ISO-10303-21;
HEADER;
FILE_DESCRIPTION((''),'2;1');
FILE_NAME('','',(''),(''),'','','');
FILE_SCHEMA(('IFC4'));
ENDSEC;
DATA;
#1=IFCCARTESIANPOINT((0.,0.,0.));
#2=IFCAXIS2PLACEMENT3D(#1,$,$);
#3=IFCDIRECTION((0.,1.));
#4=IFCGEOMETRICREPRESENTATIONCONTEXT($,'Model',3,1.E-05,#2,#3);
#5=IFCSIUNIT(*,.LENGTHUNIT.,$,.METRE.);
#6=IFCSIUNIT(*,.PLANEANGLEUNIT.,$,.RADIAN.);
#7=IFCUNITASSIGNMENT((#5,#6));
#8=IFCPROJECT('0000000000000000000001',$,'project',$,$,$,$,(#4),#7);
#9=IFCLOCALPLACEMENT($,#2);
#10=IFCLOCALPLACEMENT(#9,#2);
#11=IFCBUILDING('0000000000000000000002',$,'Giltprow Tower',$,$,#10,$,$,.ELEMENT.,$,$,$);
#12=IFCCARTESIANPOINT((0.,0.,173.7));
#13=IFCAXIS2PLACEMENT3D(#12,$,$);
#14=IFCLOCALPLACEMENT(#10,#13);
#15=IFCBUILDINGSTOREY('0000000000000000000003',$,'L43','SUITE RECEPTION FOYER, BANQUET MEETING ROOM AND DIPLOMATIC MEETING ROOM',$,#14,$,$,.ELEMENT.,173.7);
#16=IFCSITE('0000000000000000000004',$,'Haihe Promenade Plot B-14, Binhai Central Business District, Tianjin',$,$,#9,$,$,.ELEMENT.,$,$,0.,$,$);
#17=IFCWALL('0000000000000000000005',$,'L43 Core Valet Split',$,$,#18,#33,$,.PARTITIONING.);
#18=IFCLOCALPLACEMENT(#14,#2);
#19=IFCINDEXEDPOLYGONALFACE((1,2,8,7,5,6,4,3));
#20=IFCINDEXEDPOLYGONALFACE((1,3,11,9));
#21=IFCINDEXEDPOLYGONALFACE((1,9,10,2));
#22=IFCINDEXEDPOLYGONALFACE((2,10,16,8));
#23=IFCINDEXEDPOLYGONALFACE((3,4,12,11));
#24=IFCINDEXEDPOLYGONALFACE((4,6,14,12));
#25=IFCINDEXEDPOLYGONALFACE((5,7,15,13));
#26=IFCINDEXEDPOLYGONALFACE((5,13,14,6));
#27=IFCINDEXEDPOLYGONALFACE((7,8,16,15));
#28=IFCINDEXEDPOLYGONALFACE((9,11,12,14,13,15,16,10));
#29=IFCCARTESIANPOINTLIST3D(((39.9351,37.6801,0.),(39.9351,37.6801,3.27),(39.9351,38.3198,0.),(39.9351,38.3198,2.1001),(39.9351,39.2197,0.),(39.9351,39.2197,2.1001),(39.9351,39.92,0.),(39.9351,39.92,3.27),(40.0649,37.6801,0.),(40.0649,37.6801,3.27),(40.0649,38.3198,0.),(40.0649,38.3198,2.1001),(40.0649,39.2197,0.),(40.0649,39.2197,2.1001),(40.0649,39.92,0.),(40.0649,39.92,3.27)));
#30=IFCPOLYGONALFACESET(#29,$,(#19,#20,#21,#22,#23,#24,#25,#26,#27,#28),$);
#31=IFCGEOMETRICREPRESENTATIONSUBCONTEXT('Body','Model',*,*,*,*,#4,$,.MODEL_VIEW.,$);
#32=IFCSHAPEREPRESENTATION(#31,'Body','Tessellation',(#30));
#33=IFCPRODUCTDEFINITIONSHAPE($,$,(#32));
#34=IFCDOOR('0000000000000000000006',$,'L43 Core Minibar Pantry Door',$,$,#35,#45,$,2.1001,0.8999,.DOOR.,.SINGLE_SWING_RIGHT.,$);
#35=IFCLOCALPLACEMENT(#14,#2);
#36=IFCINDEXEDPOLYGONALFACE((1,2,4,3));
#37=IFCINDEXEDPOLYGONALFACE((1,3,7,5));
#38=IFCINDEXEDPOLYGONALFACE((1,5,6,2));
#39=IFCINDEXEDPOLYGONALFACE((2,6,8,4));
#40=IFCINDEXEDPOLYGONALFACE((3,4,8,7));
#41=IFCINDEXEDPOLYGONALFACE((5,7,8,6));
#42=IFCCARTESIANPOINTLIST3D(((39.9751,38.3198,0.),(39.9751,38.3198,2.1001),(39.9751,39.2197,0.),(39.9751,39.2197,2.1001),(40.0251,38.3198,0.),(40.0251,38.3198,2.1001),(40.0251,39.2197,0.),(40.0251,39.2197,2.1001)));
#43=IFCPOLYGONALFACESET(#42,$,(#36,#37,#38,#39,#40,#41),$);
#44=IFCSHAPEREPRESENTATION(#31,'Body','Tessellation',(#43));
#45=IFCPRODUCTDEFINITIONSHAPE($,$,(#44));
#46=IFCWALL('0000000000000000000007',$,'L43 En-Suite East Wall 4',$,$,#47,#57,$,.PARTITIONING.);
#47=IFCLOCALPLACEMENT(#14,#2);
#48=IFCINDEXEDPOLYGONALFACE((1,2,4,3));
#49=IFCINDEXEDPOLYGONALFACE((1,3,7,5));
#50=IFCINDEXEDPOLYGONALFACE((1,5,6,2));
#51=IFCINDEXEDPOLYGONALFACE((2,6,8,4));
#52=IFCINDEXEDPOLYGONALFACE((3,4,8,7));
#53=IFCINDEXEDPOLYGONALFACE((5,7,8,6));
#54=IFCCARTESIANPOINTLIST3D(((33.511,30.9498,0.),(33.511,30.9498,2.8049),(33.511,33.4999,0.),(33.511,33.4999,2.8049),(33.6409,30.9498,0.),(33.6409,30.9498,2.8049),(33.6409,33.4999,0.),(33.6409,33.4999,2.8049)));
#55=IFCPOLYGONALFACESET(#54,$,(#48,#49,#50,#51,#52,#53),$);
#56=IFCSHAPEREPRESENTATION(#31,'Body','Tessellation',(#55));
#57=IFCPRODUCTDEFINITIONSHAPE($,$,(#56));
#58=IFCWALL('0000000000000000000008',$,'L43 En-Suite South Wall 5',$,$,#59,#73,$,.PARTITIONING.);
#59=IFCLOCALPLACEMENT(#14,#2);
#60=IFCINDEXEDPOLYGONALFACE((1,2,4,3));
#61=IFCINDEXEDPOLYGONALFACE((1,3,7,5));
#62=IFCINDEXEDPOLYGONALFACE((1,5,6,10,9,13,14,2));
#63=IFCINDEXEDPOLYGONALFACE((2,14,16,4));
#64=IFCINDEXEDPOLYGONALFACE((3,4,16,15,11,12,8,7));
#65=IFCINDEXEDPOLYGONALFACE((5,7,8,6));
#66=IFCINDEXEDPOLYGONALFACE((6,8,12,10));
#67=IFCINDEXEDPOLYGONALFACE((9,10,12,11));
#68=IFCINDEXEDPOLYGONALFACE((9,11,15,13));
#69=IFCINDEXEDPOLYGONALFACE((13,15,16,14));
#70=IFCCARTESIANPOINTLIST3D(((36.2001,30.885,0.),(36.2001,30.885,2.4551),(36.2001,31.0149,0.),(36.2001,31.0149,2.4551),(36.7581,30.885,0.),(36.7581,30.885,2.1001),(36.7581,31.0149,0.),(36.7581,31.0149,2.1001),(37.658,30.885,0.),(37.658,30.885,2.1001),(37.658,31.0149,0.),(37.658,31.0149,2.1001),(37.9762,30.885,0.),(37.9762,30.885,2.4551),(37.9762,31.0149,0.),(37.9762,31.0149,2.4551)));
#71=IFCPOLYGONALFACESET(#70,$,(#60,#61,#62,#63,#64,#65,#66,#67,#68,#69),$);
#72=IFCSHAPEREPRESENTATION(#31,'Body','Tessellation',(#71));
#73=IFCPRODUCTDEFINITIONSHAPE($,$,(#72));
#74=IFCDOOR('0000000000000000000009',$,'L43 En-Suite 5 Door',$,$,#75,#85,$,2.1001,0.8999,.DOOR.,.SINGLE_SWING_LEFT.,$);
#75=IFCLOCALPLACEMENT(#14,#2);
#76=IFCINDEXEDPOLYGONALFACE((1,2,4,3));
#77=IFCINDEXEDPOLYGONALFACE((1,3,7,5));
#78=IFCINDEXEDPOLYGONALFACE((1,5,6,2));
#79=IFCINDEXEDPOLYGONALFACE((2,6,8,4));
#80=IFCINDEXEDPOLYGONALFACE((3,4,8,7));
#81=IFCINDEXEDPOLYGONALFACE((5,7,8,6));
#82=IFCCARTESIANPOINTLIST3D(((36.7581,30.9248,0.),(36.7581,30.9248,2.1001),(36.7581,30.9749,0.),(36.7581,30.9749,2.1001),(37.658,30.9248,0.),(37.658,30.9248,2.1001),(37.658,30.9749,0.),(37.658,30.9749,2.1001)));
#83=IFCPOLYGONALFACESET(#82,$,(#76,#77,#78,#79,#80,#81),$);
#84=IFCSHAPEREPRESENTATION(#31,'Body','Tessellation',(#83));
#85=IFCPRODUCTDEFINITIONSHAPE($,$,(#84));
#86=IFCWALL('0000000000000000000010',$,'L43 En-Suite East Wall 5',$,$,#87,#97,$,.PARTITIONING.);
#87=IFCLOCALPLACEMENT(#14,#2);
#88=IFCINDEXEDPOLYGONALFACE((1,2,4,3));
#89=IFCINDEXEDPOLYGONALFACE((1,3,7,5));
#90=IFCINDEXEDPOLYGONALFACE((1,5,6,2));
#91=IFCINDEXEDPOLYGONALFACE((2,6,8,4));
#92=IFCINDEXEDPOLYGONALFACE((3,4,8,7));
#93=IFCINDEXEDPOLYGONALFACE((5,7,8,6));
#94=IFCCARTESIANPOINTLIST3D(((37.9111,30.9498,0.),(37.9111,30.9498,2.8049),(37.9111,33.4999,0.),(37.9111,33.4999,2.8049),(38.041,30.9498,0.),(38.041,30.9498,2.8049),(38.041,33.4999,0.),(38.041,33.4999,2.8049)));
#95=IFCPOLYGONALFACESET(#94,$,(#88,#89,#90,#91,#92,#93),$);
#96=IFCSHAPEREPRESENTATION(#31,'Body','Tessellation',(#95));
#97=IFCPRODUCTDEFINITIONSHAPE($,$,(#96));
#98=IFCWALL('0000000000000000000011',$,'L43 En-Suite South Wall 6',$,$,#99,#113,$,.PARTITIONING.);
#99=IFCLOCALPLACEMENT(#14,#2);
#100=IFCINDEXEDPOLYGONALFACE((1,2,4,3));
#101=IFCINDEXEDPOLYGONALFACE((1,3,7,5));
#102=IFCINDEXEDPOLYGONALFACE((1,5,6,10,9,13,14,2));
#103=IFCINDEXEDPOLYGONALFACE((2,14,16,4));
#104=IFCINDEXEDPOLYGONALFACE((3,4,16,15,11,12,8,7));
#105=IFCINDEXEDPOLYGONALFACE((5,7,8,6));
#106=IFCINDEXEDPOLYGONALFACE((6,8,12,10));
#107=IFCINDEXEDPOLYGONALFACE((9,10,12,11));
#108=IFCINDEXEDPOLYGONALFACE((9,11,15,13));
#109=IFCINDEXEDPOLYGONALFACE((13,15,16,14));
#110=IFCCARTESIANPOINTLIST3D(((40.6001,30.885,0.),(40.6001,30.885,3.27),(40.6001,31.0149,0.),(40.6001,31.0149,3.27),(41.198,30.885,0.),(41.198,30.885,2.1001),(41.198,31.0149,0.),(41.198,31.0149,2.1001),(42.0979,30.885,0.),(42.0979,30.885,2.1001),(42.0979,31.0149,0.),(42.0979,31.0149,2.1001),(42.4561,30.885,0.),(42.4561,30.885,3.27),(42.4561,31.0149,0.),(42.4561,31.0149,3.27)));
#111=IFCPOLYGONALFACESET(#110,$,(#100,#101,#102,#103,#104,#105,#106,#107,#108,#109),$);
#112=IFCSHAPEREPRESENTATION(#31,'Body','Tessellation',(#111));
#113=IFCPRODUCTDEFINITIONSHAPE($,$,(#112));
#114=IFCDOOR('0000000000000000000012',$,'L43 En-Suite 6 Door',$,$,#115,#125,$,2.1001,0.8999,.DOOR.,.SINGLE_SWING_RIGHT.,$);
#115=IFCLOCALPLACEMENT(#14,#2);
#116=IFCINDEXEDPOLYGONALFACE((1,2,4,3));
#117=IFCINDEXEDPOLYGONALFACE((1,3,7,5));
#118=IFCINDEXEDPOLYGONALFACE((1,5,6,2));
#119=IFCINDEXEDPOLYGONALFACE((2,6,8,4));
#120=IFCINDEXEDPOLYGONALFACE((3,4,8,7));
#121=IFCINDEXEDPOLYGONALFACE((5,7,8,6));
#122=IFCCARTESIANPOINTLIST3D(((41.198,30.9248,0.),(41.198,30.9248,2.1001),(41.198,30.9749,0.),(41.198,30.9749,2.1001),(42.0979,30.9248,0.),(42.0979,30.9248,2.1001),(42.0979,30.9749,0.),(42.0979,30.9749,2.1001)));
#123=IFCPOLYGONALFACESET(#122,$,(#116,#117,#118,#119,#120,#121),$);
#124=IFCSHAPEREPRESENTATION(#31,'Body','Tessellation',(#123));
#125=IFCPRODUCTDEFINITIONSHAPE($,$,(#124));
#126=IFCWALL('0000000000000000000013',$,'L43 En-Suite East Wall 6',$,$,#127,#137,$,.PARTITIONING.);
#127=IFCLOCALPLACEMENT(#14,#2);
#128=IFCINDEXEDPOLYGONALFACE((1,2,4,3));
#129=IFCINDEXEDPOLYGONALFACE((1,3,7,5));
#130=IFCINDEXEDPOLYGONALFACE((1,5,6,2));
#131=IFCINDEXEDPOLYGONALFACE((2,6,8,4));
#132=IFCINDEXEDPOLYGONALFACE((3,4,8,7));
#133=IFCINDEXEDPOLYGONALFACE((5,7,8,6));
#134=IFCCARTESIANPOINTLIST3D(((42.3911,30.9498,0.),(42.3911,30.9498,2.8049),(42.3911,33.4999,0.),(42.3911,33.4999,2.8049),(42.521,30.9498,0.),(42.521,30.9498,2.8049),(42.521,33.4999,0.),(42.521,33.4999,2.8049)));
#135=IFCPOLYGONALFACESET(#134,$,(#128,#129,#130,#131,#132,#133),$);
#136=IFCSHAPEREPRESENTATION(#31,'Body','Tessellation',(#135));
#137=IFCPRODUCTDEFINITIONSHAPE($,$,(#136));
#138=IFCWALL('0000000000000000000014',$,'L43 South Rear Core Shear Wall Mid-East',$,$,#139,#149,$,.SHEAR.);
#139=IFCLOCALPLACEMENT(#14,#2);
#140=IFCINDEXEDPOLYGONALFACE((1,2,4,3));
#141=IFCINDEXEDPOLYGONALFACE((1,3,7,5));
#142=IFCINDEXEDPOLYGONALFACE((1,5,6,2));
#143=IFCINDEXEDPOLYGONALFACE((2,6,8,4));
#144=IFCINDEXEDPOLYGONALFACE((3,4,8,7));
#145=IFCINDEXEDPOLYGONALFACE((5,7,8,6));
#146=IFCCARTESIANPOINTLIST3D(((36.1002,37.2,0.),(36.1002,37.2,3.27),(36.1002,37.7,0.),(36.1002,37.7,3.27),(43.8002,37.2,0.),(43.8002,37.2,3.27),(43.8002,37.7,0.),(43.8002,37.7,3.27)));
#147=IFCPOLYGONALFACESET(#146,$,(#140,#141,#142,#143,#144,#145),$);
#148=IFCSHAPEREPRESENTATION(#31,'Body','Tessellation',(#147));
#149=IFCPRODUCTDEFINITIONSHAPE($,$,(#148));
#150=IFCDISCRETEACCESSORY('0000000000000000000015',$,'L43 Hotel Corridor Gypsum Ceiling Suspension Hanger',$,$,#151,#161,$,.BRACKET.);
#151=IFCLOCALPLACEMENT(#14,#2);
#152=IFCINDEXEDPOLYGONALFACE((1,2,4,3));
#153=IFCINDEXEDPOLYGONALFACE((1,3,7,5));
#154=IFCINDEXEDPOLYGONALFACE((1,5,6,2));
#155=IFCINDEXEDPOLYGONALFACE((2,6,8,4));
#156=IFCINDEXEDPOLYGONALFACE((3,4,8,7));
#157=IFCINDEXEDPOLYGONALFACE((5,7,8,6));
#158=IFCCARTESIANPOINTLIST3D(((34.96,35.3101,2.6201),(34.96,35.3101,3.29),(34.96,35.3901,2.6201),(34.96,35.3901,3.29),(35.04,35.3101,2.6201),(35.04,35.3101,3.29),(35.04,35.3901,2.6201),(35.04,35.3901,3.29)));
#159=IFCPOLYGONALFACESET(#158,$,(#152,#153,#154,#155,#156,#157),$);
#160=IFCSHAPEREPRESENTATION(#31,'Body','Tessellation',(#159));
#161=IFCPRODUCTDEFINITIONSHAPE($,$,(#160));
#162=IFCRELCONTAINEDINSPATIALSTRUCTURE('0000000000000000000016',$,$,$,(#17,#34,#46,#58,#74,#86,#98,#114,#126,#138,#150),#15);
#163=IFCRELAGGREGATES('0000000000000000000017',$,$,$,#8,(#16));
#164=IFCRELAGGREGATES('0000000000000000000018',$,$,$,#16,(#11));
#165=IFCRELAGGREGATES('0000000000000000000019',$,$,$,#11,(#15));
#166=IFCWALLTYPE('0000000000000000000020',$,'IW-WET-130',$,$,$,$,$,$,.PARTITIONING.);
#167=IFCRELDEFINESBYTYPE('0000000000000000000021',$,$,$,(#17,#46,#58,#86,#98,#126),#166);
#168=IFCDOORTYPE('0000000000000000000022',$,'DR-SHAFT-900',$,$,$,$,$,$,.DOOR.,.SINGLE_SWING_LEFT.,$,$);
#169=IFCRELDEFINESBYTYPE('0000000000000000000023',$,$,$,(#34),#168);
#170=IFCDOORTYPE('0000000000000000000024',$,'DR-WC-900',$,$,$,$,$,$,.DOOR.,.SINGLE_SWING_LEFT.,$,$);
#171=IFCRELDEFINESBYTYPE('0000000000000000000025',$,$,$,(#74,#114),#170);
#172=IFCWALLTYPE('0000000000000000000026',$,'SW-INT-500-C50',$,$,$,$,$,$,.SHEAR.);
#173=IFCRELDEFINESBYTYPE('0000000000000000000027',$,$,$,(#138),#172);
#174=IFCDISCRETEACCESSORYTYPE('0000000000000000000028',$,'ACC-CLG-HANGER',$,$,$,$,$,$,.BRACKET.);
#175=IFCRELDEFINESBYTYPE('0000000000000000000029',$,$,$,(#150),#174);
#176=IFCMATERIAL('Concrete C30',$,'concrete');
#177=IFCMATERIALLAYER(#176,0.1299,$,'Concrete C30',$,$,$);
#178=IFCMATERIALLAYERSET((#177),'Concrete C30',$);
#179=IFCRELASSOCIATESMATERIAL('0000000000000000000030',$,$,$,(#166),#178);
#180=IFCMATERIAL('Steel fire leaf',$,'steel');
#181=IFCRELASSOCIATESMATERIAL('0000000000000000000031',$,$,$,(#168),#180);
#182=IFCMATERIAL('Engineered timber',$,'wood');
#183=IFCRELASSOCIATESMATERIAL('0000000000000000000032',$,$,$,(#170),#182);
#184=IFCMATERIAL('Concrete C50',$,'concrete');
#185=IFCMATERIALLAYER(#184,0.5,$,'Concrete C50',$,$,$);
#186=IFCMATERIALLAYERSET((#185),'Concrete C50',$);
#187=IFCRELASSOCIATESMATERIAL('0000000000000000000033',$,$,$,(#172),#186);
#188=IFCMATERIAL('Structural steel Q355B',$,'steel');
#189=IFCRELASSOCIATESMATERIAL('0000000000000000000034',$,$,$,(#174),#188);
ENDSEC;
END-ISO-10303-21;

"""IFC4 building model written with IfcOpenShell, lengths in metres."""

from ifc_helpers import new_model, si_unit, direction, frame, frame_2d, origin, origin_2d, place, context, subcontext, project, spatial, rectangle, extrude, source, transform, mapped, material, layer, layer_set, type_object, element, fill, save


model = new_model("IFC4")

# Units and contexts
model_context = context("Model", 3, precision=1e-05, world=origin(), true_north=direction((0.0, 1.0)))
body_context = subcontext(model_context, "Body", "Model", "MODEL_VIEW")
ifc_project = project(units=[si_unit("LENGTHUNIT", "METRE"), si_unit("PLANEANGLEUNIT", "RADIAN")], contexts=[model_context])

# Site, building, storey
site_placement = place(None, origin())
site = spatial("IfcSite", under=ifc_project, at=site_placement, Name="Haihe Promenade Plot B-14, Binhai Central Business District, Tianjin", CompositionType="ELEMENT", RefElevation=0.0)
building_placement = place(site_placement, origin())
building = spatial("IfcBuilding", under=site, at=building_placement, Name="Giltprow Tower", CompositionType="ELEMENT")
storey_placement = place(building_placement, frame((0.0, 0.0, 173.7)))
storey = spatial("IfcBuildingStorey", under=building, at=storey_placement, Name="L43", Description="SUITE RECEPTION FOYER, BANQUET MEETING ROOM AND DIPLOMATIC MEETING ROOM", CompositionType="ELEMENT", Elevation=173.7)

# Shared definitions
ifc_material_1 = material(Name="Concrete C50", Category="concrete")

# Shared definitions
ifc_material_2 = material(Name="Structural steel Q355B", Category="steel")

# Wall, opening, door
ifc_material_3 = material(Name="Concrete C30", Category="concrete")
ifc_layer_1 = layer(ifc_material_3, 0.1299, Name="Concrete C30")
ifc_layer_set_1 = layer_set([ifc_layer_1], Name="Concrete C30")
wall_type_1 = type_object("IfcWallType", Name="IW-WET-130", PredefinedType="PARTITIONING", material=ifc_layer_set_1)
ifc_material_4 = material(Name="Steel fire leaf", Category="steel")
door_type_1 = type_object("IfcDoorType", Name="DR-SHAFT-900", OperationType="SINGLE_SWING_LEFT", PredefinedType="DOOR", material=ifc_material_4)
shared_shape_1 = source(origin(), body_context, "Body", "SweptSolid", [
    extrude(rectangle(XDim=0.8999, YDim=2.1001, at=frame_2d((0.45, 1.05))), frame((0.0, 0.0249, 0.0), z_axis=(0.0, -1.0, 0.0), x_axis=(1.0, 0.0, 0.0)), (0.0, 0.0, 1.0), 0.05),
])
wall_1_placement = place(storey_placement, frame((40.0, 37.6799, 0.0), z_axis=(0.0, 0.0, 1.0), x_axis=(0.0, 1.0, 0.0)))
wall_1 = element("IfcWall", 1, at=wall_1_placement, inside=storey, type_object=wall_type_1, Name="L43 Core Valet Split", PredefinedType="PARTITIONING", context=body_context, shape_type="SweptSolid", body=[
    extrude(rectangle(XDim=2.24, YDim=0.1299, at=frame_2d((1.1201, 0.0))), origin(), (0.0, 0.0, 1.0), 3.27),
])
opening_1_placement = place(wall_1_placement, frame((0.6399, 0.0, 0.0)))
opening_1 = element("IfcOpeningElement", 2, at=opening_1_placement, cuts=wall_1, PredefinedType="OPENING", context=body_context, shape_type="SweptSolid", body=[
    extrude(rectangle(XDim=0.8999, YDim=2.1001, at=frame_2d((0.45, 1.05))), frame((0.0, 0.075, 0.0), z_axis=(0.0, -1.0, 0.0), x_axis=(1.0, 0.0, 0.0)), (0.0, 0.0, 1.0), 0.1499),
])
door_1_placement = place(opening_1_placement, origin())
door_1 = element("IfcDoor", 3, at=door_1_placement, inside=storey, type_object=door_type_1, Name="L43 Core Minibar Pantry Door", OperationType="SINGLE_SWING_RIGHT", OverallHeight=2.1001, OverallWidth=0.8999, PredefinedType="DOOR", context=body_context, shape_type="MappedRepresentation", body=[
    mapped(shared_shape_1, transform((0.0, 0.0, 0.0), x_axis=(1.0, 0.0, 0.0), y_axis=(0.0, 1.0, 0.0), z_axis=(0.0, 0.0, 1.0), scale=1.0)),
])
fill(opening_1, door_1)

# Wall
wall_2_placement = place(storey_placement, frame((33.5759, 30.95, 0.0), z_axis=(0.0, 0.0, 1.0), x_axis=(0.0, 1.0, 0.0)))
element("IfcWall", 4, at=wall_2_placement, inside=storey, type_object=wall_type_1, Name="L43 En-Suite East Wall 4", PredefinedType="PARTITIONING", context=body_context, shape_type="SweptSolid", body=[
    extrude(rectangle(XDim=2.55, YDim=0.1299, at=frame_2d((1.2749, 0.0))), origin(), (0.0, 0.0, 1.0), 2.8049),
])

# Wall, opening, door
wall_3_placement = place(storey_placement, frame((36.2, 30.95, 0.0), z_axis=(0.0, 0.0, 1.0), x_axis=(1.0, 0.0, 0.0)))
wall_3 = element("IfcWall", 5, at=wall_3_placement, inside=storey, type_object=wall_type_1, Name="L43 En-Suite South Wall 5", PredefinedType="PARTITIONING", context=body_context, shape_type="SweptSolid", body=[
    extrude(rectangle(XDim=1.7761, YDim=0.1299, at=frame_2d((0.8882, 0.0))), origin(), (0.0, 0.0, 1.0), 2.4551),
])
opening_2_placement = place(wall_3_placement, frame((0.5581, 0.0, 0.0)))
opening_2 = element("IfcOpeningElement", 6, at=opening_2_placement, cuts=wall_3, PredefinedType="OPENING", context=body_context, shape_type="SweptSolid", body=[
    extrude(rectangle(XDim=0.8999, YDim=2.1001, at=frame_2d((0.45, 1.05))), frame((0.0, 0.075, 0.0), z_axis=(0.0, -1.0, 0.0), x_axis=(1.0, 0.0, 0.0)), (0.0, 0.0, 1.0), 0.1499),
])
ifc_material_5 = material(Name="Engineered timber", Category="wood")
door_type_2 = type_object("IfcDoorType", Name="DR-WC-900", OperationType="SINGLE_SWING_LEFT", PredefinedType="DOOR", material=ifc_material_5)
door_2_placement = place(opening_2_placement, origin())
door_2 = element("IfcDoor", 7, at=door_2_placement, inside=storey, type_object=door_type_2, Name="L43 En-Suite 5 Door", OperationType="SINGLE_SWING_LEFT", OverallHeight=2.1001, OverallWidth=0.8999, PredefinedType="DOOR", context=body_context, shape_type="MappedRepresentation", body=[
    mapped(shared_shape_1, transform((0.0, 0.0, 0.0), x_axis=(1.0, 0.0, 0.0), y_axis=(0.0, 1.0, 0.0), z_axis=(0.0, 0.0, 1.0), scale=1.0)),
])
fill(opening_2, door_2)

# Wall
wall_4_placement = place(storey_placement, frame((37.9761, 30.95, 0.0), z_axis=(0.0, 0.0, 1.0), x_axis=(0.0, 1.0, 0.0)))
element("IfcWall", 8, at=wall_4_placement, inside=storey, type_object=wall_type_1, Name="L43 En-Suite East Wall 5", PredefinedType="PARTITIONING", context=body_context, shape_type="SweptSolid", body=[
    extrude(rectangle(XDim=2.55, YDim=0.1299, at=frame_2d((1.2749, 0.0))), origin(), (0.0, 0.0, 1.0), 2.8049),
])

# Wall, opening, door
wall_5_placement = place(storey_placement, frame((40.6001, 30.95, 0.0), z_axis=(0.0, 0.0, 1.0), x_axis=(1.0, 0.0, 0.0)))
wall_5 = element("IfcWall", 9, at=wall_5_placement, inside=storey, type_object=wall_type_1, Name="L43 En-Suite South Wall 6", PredefinedType="PARTITIONING", context=body_context, shape_type="SweptSolid", body=[
    extrude(rectangle(XDim=1.856, YDim=0.1299, at=frame_2d((0.928, 0.0))), origin(), (0.0, 0.0, 1.0), 3.27),
])
opening_3_placement = place(wall_5_placement, frame((0.5979, 0.0, 0.0)))
opening_3 = element("IfcOpeningElement", 10, at=opening_3_placement, cuts=wall_5, PredefinedType="OPENING", context=body_context, shape_type="SweptSolid", body=[
    extrude(rectangle(XDim=0.8999, YDim=2.1001, at=frame_2d((0.45, 1.05))), frame((0.0, 0.075, 0.0), z_axis=(0.0, -1.0, 0.0), x_axis=(1.0, 0.0, 0.0)), (0.0, 0.0, 1.0), 0.1499),
])
door_3_placement = place(opening_3_placement, origin())
door_3 = element("IfcDoor", 11, at=door_3_placement, inside=storey, type_object=door_type_2, Name="L43 En-Suite 6 Door", OperationType="SINGLE_SWING_RIGHT", OverallHeight=2.1001, OverallWidth=0.8999, PredefinedType="DOOR", context=body_context, shape_type="MappedRepresentation", body=[
    mapped(shared_shape_1, transform((0.0, 0.0, 0.0), x_axis=(1.0, 0.0, 0.0), y_axis=(0.0, 1.0, 0.0), z_axis=(0.0, 0.0, 1.0), scale=1.0)),
])
fill(opening_3, door_3)

# Walls
wall_6_placement = place(storey_placement, frame((42.4561, 30.95, 0.0), z_axis=(0.0, 0.0, 1.0), x_axis=(0.0, 1.0, 0.0)))
element("IfcWall", 12, at=wall_6_placement, inside=storey, type_object=wall_type_1, Name="L43 En-Suite East Wall 6", PredefinedType="PARTITIONING", context=body_context, shape_type="SweptSolid", body=[
    extrude(rectangle(XDim=2.55, YDim=0.1299, at=frame_2d((1.2749, 0.0))), origin(), (0.0, 0.0, 1.0), 2.8049),
])
ifc_layer_2 = layer(ifc_material_1, 0.5, Name="Concrete C50")
ifc_layer_set_2 = layer_set([ifc_layer_2], Name="Concrete C50")
wall_type_2 = type_object("IfcWallType", Name="SW-INT-500-C50", PredefinedType="SHEAR", material=ifc_layer_set_2)
wall_7_placement = place(storey_placement, frame((36.1001, 37.45, 0.0), z_axis=(0.0, 0.0, 1.0), x_axis=(1.0, 0.0, 0.0)))
element("IfcWall", 13, at=wall_7_placement, inside=storey, type_object=wall_type_2, Name="L43 South Rear Core Shear Wall Mid-East", PredefinedType="SHEAR", context=body_context, shape_type="SweptSolid", body=[
    extrude(rectangle(XDim=7.7, YDim=0.5, at=frame_2d((3.8501, 0.0))), origin(), (0.0, 0.0, 1.0), 3.27),
])

# Discrete accessory
discrete_accessory_type = type_object("IfcDiscreteAccessoryType", Name="ACC-CLG-HANGER", PredefinedType="BRACKET", material=ifc_material_2)
shared_shape_2 = source(origin(), body_context, "Body", "SweptSolid", [
    extrude(rectangle(XDim=0.0801, YDim=0.0801, at=origin_2d()), origin(), (0.0, 0.0, 1.0), 0.6699),
])
discrete_accessory_placement = place(storey_placement, frame((35.0, 35.3501, 2.6201), z_axis=(0.0, 0.0, 1.0), x_axis=(1.0, 0.0, 0.0)))
element("IfcDiscreteAccessory", 14, at=discrete_accessory_placement, inside=storey, type_object=discrete_accessory_type, Name="L43 Hotel Corridor Gypsum Ceiling Suspension Hanger", PredefinedType="BRACKET", context=body_context, shape_type="MappedRepresentation", body=[
    mapped(shared_shape_2, transform((0.0, 0.0, 0.0), x_axis=(1.0, 0.0, 0.0), y_axis=(0.0, 1.0, 0.0), z_axis=(0.0, 0.0, 1.0), scale=1.0)),
])

save(model, "model.ifc")
